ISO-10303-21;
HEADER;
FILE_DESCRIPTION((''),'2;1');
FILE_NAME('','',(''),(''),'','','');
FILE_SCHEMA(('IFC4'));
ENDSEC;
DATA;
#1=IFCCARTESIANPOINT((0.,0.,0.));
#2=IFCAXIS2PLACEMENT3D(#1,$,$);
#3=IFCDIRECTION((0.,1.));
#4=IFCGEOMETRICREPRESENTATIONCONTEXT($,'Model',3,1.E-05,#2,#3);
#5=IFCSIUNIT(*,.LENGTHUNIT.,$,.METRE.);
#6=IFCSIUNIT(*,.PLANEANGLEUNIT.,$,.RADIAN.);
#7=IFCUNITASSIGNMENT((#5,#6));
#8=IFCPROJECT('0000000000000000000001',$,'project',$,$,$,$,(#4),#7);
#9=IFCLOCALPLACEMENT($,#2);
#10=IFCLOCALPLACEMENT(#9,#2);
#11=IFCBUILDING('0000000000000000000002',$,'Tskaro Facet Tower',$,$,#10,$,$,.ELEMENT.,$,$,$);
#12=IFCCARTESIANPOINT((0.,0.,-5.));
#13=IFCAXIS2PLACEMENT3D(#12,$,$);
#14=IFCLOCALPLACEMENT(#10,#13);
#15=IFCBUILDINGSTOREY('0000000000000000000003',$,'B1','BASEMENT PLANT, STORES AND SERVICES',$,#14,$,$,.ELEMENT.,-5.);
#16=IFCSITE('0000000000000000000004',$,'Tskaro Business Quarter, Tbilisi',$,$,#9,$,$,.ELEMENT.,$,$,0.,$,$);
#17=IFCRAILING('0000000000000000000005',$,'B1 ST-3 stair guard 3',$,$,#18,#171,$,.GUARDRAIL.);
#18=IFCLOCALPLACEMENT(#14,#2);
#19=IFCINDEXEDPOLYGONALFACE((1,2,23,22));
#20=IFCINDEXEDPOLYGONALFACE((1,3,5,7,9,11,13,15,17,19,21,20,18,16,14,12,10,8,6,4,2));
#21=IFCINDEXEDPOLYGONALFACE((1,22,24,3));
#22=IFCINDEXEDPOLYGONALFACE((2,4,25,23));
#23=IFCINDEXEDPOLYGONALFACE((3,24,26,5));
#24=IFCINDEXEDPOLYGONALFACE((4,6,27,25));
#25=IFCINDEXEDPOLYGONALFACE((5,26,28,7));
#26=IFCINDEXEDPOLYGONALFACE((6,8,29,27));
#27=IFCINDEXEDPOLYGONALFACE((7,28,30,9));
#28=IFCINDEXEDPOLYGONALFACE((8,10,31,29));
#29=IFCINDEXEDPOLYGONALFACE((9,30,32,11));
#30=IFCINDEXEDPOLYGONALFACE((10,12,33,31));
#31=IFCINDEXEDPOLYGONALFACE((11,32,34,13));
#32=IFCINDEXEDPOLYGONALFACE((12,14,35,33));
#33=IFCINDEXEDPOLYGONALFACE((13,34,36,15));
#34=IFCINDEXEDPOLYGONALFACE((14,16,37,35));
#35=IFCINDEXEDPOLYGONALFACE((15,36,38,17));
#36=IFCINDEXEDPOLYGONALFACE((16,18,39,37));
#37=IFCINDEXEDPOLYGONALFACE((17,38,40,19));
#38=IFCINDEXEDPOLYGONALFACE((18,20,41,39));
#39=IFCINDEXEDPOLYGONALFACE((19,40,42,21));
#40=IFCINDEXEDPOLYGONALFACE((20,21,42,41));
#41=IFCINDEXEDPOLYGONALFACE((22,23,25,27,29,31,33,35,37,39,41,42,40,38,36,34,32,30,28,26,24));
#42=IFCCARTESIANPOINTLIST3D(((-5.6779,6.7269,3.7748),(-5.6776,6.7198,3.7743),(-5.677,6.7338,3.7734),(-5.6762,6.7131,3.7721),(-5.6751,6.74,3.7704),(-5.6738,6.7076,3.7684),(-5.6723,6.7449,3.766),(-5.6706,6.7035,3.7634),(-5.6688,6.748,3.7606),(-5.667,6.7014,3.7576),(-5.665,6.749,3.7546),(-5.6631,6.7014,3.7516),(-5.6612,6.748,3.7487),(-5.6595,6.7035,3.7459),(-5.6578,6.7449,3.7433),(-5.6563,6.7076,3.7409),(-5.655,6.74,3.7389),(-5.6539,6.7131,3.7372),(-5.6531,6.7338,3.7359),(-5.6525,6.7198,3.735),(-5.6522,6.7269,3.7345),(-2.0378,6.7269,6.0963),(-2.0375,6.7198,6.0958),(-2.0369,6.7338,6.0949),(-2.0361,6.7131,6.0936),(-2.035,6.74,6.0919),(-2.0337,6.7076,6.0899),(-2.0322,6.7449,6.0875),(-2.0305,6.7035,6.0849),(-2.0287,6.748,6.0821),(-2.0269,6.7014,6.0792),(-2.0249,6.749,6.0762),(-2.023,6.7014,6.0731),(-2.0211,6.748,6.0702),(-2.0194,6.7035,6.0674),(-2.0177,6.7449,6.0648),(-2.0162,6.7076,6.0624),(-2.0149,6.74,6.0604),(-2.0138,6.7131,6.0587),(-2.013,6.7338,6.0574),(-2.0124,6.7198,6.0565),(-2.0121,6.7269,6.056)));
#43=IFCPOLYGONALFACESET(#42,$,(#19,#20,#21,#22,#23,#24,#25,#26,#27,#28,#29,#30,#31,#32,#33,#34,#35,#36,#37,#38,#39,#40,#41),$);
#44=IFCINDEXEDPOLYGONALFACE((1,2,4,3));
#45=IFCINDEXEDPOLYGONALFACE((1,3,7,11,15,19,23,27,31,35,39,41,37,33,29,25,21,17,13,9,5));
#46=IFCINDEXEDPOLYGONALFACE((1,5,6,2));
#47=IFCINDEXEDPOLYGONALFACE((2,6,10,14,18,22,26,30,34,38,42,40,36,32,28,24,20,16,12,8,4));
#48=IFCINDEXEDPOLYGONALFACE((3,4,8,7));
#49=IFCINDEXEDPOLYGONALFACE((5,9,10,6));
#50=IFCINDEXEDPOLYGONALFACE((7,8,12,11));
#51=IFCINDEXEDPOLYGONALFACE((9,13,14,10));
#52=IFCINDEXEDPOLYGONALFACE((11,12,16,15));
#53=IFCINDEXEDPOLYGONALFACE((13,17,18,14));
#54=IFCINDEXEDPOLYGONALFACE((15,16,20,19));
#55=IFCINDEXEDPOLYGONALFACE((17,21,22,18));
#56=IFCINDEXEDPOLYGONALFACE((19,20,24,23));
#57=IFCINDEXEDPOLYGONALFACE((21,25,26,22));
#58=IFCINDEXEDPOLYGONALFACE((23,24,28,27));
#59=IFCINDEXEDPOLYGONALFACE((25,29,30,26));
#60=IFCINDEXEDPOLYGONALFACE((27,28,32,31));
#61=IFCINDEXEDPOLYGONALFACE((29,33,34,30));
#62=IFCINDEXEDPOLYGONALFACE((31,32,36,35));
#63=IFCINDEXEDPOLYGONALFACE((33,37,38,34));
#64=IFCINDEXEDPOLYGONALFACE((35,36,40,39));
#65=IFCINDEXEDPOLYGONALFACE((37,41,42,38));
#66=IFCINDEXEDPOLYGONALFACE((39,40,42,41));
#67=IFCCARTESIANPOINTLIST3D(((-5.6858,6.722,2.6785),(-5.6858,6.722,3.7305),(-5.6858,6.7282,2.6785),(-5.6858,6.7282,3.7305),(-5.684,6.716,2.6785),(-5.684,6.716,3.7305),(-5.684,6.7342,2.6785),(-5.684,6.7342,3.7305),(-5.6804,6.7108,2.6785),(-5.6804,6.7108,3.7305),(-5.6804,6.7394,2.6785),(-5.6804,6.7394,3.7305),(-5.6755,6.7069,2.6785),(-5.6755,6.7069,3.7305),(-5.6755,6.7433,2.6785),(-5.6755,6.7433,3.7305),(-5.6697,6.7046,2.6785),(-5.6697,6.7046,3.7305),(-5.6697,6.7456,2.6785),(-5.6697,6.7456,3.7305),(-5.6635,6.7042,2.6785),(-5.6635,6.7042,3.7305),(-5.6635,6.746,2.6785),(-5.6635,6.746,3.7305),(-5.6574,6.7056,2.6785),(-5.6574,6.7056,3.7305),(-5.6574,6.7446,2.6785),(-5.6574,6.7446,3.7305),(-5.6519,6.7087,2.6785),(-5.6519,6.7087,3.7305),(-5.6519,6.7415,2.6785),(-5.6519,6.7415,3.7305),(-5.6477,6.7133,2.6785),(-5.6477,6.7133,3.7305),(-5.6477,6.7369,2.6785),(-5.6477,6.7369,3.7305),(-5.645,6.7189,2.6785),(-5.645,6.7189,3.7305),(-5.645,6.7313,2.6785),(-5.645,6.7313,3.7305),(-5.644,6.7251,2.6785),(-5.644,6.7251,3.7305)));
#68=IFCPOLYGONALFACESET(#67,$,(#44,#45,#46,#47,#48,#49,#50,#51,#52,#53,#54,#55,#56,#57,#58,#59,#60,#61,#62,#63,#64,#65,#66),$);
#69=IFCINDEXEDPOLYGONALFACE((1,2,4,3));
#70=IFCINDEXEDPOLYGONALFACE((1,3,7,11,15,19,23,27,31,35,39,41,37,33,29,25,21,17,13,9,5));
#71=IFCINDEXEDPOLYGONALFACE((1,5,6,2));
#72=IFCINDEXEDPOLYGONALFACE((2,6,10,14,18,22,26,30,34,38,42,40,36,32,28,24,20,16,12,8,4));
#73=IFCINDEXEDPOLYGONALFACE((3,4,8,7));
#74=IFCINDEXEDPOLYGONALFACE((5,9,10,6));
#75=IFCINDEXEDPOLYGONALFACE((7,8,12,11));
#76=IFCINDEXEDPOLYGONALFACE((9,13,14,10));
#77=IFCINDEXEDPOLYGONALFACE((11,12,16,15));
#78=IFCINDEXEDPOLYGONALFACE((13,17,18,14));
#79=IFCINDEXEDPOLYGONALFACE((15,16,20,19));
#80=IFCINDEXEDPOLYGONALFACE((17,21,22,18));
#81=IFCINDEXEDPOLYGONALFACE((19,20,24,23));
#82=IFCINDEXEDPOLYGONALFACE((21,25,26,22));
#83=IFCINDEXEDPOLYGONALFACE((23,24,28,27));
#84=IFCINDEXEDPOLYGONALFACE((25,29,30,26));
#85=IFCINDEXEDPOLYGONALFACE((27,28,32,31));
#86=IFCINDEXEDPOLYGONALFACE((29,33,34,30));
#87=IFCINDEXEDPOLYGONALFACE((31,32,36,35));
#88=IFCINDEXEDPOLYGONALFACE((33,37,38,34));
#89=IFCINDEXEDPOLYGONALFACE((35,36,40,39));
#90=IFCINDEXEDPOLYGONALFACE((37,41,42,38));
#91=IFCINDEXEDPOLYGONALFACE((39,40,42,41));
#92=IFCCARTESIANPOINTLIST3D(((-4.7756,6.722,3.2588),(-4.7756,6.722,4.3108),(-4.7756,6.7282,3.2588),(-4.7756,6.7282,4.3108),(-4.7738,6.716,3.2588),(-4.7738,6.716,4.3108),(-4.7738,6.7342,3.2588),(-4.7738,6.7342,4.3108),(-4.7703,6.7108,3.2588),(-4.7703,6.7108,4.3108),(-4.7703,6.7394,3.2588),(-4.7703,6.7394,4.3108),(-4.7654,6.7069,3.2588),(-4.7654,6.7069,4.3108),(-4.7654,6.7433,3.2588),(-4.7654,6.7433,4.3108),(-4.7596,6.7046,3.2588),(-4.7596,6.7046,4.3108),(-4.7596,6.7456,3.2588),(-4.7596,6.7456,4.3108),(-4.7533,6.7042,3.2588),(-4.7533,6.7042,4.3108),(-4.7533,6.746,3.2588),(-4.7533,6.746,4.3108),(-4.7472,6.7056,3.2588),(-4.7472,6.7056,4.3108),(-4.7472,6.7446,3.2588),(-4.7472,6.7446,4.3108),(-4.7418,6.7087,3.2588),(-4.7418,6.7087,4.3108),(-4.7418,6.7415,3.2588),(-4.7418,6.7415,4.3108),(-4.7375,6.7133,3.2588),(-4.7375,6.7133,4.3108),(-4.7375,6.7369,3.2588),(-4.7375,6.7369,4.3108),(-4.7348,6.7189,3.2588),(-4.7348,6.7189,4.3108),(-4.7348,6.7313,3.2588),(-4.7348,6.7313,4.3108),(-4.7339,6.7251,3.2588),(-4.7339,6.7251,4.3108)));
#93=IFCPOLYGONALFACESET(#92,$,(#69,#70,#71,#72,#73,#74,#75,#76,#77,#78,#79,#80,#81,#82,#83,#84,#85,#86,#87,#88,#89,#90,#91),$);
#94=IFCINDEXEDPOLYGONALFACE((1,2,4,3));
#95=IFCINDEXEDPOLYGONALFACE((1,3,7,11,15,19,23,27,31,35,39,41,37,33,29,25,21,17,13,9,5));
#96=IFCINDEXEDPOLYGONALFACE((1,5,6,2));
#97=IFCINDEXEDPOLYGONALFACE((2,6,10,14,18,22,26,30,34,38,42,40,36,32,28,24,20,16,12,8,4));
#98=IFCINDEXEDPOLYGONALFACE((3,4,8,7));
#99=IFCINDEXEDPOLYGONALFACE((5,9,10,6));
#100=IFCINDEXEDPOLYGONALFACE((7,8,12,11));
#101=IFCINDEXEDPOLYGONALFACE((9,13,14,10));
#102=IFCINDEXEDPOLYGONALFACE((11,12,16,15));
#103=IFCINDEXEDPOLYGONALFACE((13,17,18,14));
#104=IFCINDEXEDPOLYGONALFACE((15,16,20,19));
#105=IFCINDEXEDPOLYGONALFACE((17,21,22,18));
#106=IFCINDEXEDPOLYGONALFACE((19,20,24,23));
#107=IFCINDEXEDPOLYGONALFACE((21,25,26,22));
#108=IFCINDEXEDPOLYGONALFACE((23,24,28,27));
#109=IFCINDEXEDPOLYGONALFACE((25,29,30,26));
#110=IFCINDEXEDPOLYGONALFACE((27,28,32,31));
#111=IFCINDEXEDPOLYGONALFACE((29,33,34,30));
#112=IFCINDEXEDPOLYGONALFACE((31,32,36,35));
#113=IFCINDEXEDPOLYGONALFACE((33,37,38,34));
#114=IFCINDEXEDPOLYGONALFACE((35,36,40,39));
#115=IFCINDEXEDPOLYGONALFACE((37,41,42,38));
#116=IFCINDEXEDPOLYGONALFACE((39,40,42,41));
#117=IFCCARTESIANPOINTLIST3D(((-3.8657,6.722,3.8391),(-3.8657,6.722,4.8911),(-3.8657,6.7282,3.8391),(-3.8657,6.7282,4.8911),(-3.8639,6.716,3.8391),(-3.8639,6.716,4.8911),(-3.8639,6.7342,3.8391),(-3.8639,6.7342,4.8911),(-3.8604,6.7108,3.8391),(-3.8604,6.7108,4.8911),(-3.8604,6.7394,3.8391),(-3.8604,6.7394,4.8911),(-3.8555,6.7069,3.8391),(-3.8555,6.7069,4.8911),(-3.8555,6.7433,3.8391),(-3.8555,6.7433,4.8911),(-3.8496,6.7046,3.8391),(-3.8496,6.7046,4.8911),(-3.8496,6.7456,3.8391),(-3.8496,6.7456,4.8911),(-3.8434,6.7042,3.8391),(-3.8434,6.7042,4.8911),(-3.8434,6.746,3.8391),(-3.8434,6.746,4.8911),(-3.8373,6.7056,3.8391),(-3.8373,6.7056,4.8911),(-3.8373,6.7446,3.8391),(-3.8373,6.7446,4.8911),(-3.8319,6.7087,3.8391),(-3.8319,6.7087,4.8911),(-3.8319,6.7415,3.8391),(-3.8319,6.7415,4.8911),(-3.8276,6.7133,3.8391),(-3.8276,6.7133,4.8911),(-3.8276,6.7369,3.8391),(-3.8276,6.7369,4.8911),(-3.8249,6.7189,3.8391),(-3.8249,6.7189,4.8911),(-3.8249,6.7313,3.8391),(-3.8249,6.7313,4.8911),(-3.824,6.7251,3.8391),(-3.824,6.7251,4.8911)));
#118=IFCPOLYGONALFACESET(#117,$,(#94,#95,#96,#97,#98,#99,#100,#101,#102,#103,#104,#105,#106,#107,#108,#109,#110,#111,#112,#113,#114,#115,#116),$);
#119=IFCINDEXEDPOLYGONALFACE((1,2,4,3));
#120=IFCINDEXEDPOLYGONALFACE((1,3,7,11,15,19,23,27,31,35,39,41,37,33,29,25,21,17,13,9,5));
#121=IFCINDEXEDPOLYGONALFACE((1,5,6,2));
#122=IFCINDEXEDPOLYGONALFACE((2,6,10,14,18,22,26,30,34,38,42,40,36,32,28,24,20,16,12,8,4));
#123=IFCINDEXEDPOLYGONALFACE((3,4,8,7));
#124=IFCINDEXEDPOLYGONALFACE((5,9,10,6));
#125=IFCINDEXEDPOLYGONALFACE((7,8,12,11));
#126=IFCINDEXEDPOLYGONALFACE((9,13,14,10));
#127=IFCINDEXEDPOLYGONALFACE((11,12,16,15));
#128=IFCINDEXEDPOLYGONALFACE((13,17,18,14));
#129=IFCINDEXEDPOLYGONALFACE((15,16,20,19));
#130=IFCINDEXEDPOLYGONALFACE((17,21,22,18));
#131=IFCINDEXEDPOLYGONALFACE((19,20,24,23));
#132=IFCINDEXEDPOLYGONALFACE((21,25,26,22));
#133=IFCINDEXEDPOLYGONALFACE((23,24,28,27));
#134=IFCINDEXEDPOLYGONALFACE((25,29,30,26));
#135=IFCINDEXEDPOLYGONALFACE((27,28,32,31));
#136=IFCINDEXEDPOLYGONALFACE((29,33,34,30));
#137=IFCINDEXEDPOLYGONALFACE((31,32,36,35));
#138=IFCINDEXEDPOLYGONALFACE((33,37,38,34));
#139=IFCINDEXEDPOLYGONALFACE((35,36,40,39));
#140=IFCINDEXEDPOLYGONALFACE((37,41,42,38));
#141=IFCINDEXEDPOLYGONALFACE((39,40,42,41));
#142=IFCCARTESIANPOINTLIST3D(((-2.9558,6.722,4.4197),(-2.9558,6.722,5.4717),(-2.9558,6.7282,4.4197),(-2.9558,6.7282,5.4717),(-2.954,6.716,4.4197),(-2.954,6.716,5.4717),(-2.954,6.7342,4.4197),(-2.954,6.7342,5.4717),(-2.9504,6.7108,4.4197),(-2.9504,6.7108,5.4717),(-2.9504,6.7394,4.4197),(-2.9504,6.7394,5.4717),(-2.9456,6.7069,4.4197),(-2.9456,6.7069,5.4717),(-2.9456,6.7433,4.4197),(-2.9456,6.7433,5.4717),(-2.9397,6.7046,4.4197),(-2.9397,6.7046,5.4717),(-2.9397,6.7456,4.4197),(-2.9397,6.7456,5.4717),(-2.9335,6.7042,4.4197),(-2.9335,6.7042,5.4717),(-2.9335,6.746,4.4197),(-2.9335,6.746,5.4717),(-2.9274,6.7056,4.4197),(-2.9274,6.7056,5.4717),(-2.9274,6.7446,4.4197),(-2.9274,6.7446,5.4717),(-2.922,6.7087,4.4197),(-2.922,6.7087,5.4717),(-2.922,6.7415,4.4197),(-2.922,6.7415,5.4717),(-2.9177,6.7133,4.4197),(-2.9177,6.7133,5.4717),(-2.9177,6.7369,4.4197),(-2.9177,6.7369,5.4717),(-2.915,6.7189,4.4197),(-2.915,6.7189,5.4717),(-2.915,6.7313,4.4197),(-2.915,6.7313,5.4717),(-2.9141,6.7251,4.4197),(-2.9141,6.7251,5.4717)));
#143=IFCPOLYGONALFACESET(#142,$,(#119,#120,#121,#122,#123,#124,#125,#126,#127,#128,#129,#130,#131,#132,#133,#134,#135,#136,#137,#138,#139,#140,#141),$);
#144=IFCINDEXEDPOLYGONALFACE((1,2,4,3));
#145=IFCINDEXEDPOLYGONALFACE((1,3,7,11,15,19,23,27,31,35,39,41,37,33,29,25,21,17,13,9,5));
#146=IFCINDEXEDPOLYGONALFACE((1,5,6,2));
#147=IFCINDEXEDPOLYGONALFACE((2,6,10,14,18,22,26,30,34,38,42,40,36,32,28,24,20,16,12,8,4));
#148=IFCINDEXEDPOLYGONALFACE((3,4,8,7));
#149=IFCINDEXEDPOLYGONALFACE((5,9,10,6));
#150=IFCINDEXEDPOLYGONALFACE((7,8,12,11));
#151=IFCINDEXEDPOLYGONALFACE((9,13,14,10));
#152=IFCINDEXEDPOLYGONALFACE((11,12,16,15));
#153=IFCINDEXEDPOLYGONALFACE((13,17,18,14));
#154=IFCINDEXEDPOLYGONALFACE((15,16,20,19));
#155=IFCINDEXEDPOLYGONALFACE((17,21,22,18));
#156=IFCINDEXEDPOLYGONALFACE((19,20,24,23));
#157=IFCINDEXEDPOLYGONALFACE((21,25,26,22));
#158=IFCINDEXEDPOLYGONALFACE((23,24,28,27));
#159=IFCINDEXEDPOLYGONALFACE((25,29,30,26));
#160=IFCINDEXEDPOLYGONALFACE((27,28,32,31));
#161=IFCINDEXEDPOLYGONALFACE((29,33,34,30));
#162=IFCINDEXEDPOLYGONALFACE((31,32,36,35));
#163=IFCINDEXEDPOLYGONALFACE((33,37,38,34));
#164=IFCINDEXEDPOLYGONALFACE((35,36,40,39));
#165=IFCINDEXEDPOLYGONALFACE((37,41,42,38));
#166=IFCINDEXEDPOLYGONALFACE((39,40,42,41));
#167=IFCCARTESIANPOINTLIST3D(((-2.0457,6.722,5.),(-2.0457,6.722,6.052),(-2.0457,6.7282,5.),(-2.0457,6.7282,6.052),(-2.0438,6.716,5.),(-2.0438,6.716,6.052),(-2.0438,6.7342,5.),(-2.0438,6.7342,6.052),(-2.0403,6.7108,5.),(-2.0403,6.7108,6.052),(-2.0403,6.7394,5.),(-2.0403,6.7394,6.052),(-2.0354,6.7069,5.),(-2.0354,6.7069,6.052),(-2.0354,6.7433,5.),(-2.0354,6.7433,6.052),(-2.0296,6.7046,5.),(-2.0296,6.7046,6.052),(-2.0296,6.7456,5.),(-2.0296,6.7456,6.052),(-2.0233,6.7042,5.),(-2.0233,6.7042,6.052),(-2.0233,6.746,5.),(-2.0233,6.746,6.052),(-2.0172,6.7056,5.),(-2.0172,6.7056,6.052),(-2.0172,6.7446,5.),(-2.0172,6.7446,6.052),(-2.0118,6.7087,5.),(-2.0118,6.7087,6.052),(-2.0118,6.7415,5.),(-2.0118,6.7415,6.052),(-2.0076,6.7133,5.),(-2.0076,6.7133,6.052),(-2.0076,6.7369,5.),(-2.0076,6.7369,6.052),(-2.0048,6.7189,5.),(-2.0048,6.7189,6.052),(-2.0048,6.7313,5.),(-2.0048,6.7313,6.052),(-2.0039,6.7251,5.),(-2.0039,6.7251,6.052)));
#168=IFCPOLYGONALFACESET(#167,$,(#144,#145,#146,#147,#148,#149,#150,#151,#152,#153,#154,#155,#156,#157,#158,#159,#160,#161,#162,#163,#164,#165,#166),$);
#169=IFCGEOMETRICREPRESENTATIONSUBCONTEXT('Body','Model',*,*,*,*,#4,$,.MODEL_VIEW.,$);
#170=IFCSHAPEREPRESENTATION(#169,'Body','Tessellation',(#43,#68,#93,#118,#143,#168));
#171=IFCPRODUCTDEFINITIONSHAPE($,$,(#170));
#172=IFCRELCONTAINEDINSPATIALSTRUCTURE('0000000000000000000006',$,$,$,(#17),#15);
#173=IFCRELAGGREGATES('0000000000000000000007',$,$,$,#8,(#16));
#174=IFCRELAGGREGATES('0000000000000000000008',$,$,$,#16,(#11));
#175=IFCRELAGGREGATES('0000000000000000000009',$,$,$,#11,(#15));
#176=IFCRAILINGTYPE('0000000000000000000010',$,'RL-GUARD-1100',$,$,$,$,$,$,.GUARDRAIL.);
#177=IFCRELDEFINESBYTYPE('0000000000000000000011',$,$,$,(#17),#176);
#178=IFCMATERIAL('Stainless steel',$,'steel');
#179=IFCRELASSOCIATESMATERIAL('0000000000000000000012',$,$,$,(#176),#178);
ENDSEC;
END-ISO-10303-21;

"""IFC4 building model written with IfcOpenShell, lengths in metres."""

from ifc_helpers import new_model, si_unit, direction, frame, origin, origin_2d, place, context, subcontext, project, spatial, circle, extrude, material, type_object, element, save


model = new_model("IFC4")

# Units and contexts
model_context = context("Model", 3, precision=1e-05, world=origin(), true_north=direction((0.0, 1.0)))
body_context = subcontext(model_context, "Body", "Model", "MODEL_VIEW")
ifc_project = project(units=[si_unit("LENGTHUNIT", "METRE"), si_unit("PLANEANGLEUNIT", "RADIAN")], contexts=[model_context])

# Site, building, storey
site_placement = place(None, origin())
site = spatial("IfcSite", under=ifc_project, at=site_placement, Name="Tskaro Business Quarter, Tbilisi", CompositionType="ELEMENT", RefElevation=0.0)
building_placement = place(site_placement, origin())
building = spatial("IfcBuilding", under=site, at=building_placement, Name="Tskaro Facet Tower", CompositionType="ELEMENT")
storey_placement = place(building_placement, frame((0.0, 0.0, -5.0)))
storey = spatial("IfcBuildingStorey", under=building, at=storey_placement, Name="B1", Description="BASEMENT PLANT, STORES AND SERVICES", CompositionType="ELEMENT", Elevation=-5.0)

# Railing
ifc_material_1 = material(Name="Stainless steel", Category="steel")
railing_type_1 = type_object("IfcRailingType", Name="RL-GUARD-1100", PredefinedType="GUARDRAIL", material=ifc_material_1)
railing_1_placement = place(storey_placement, frame((-5.665, 6.7251, 2.6785)))
element("IfcRailing", 1, at=railing_1_placement, inside=storey, type_object=railing_type_1, Name="B1 ST-3 stair guard 3", PredefinedType="GUARDRAIL", context=body_context, shape_type="SweptSolid", body=[
    extrude(circle(Radius=0.0239, at=origin_2d()), frame((0.0, 0.0, 1.0762), z_axis=(0.843128, 0.0, 0.537713), x_axis=(0.0, 1.0, 0.0)), (0.0, 0.0, 1.0), 4.3174),
    extrude(circle(Radius=0.021, at=origin_2d()), origin(), (0.0, 0.0, 1.0), 1.052),
    extrude(circle(Radius=0.021, at=origin_2d()), frame((0.9102, 0.0, 0.5803)), (0.0, 0.0, 1.0), 1.052),
    extrude(circle(Radius=0.021, at=origin_2d()), frame((1.8201, 0.0, 1.1606)), (0.0, 0.0, 1.0), 1.052),
    extrude(circle(Radius=0.021, at=origin_2d()), frame((2.73, 0.0, 1.7412)), (0.0, 0.0, 1.0), 1.052),
    extrude(circle(Radius=0.021, at=origin_2d()), frame((3.6401, 0.0, 2.3215)), (0.0, 0.0, 1.0), 1.052),
])

save(model, "model.ifc")
